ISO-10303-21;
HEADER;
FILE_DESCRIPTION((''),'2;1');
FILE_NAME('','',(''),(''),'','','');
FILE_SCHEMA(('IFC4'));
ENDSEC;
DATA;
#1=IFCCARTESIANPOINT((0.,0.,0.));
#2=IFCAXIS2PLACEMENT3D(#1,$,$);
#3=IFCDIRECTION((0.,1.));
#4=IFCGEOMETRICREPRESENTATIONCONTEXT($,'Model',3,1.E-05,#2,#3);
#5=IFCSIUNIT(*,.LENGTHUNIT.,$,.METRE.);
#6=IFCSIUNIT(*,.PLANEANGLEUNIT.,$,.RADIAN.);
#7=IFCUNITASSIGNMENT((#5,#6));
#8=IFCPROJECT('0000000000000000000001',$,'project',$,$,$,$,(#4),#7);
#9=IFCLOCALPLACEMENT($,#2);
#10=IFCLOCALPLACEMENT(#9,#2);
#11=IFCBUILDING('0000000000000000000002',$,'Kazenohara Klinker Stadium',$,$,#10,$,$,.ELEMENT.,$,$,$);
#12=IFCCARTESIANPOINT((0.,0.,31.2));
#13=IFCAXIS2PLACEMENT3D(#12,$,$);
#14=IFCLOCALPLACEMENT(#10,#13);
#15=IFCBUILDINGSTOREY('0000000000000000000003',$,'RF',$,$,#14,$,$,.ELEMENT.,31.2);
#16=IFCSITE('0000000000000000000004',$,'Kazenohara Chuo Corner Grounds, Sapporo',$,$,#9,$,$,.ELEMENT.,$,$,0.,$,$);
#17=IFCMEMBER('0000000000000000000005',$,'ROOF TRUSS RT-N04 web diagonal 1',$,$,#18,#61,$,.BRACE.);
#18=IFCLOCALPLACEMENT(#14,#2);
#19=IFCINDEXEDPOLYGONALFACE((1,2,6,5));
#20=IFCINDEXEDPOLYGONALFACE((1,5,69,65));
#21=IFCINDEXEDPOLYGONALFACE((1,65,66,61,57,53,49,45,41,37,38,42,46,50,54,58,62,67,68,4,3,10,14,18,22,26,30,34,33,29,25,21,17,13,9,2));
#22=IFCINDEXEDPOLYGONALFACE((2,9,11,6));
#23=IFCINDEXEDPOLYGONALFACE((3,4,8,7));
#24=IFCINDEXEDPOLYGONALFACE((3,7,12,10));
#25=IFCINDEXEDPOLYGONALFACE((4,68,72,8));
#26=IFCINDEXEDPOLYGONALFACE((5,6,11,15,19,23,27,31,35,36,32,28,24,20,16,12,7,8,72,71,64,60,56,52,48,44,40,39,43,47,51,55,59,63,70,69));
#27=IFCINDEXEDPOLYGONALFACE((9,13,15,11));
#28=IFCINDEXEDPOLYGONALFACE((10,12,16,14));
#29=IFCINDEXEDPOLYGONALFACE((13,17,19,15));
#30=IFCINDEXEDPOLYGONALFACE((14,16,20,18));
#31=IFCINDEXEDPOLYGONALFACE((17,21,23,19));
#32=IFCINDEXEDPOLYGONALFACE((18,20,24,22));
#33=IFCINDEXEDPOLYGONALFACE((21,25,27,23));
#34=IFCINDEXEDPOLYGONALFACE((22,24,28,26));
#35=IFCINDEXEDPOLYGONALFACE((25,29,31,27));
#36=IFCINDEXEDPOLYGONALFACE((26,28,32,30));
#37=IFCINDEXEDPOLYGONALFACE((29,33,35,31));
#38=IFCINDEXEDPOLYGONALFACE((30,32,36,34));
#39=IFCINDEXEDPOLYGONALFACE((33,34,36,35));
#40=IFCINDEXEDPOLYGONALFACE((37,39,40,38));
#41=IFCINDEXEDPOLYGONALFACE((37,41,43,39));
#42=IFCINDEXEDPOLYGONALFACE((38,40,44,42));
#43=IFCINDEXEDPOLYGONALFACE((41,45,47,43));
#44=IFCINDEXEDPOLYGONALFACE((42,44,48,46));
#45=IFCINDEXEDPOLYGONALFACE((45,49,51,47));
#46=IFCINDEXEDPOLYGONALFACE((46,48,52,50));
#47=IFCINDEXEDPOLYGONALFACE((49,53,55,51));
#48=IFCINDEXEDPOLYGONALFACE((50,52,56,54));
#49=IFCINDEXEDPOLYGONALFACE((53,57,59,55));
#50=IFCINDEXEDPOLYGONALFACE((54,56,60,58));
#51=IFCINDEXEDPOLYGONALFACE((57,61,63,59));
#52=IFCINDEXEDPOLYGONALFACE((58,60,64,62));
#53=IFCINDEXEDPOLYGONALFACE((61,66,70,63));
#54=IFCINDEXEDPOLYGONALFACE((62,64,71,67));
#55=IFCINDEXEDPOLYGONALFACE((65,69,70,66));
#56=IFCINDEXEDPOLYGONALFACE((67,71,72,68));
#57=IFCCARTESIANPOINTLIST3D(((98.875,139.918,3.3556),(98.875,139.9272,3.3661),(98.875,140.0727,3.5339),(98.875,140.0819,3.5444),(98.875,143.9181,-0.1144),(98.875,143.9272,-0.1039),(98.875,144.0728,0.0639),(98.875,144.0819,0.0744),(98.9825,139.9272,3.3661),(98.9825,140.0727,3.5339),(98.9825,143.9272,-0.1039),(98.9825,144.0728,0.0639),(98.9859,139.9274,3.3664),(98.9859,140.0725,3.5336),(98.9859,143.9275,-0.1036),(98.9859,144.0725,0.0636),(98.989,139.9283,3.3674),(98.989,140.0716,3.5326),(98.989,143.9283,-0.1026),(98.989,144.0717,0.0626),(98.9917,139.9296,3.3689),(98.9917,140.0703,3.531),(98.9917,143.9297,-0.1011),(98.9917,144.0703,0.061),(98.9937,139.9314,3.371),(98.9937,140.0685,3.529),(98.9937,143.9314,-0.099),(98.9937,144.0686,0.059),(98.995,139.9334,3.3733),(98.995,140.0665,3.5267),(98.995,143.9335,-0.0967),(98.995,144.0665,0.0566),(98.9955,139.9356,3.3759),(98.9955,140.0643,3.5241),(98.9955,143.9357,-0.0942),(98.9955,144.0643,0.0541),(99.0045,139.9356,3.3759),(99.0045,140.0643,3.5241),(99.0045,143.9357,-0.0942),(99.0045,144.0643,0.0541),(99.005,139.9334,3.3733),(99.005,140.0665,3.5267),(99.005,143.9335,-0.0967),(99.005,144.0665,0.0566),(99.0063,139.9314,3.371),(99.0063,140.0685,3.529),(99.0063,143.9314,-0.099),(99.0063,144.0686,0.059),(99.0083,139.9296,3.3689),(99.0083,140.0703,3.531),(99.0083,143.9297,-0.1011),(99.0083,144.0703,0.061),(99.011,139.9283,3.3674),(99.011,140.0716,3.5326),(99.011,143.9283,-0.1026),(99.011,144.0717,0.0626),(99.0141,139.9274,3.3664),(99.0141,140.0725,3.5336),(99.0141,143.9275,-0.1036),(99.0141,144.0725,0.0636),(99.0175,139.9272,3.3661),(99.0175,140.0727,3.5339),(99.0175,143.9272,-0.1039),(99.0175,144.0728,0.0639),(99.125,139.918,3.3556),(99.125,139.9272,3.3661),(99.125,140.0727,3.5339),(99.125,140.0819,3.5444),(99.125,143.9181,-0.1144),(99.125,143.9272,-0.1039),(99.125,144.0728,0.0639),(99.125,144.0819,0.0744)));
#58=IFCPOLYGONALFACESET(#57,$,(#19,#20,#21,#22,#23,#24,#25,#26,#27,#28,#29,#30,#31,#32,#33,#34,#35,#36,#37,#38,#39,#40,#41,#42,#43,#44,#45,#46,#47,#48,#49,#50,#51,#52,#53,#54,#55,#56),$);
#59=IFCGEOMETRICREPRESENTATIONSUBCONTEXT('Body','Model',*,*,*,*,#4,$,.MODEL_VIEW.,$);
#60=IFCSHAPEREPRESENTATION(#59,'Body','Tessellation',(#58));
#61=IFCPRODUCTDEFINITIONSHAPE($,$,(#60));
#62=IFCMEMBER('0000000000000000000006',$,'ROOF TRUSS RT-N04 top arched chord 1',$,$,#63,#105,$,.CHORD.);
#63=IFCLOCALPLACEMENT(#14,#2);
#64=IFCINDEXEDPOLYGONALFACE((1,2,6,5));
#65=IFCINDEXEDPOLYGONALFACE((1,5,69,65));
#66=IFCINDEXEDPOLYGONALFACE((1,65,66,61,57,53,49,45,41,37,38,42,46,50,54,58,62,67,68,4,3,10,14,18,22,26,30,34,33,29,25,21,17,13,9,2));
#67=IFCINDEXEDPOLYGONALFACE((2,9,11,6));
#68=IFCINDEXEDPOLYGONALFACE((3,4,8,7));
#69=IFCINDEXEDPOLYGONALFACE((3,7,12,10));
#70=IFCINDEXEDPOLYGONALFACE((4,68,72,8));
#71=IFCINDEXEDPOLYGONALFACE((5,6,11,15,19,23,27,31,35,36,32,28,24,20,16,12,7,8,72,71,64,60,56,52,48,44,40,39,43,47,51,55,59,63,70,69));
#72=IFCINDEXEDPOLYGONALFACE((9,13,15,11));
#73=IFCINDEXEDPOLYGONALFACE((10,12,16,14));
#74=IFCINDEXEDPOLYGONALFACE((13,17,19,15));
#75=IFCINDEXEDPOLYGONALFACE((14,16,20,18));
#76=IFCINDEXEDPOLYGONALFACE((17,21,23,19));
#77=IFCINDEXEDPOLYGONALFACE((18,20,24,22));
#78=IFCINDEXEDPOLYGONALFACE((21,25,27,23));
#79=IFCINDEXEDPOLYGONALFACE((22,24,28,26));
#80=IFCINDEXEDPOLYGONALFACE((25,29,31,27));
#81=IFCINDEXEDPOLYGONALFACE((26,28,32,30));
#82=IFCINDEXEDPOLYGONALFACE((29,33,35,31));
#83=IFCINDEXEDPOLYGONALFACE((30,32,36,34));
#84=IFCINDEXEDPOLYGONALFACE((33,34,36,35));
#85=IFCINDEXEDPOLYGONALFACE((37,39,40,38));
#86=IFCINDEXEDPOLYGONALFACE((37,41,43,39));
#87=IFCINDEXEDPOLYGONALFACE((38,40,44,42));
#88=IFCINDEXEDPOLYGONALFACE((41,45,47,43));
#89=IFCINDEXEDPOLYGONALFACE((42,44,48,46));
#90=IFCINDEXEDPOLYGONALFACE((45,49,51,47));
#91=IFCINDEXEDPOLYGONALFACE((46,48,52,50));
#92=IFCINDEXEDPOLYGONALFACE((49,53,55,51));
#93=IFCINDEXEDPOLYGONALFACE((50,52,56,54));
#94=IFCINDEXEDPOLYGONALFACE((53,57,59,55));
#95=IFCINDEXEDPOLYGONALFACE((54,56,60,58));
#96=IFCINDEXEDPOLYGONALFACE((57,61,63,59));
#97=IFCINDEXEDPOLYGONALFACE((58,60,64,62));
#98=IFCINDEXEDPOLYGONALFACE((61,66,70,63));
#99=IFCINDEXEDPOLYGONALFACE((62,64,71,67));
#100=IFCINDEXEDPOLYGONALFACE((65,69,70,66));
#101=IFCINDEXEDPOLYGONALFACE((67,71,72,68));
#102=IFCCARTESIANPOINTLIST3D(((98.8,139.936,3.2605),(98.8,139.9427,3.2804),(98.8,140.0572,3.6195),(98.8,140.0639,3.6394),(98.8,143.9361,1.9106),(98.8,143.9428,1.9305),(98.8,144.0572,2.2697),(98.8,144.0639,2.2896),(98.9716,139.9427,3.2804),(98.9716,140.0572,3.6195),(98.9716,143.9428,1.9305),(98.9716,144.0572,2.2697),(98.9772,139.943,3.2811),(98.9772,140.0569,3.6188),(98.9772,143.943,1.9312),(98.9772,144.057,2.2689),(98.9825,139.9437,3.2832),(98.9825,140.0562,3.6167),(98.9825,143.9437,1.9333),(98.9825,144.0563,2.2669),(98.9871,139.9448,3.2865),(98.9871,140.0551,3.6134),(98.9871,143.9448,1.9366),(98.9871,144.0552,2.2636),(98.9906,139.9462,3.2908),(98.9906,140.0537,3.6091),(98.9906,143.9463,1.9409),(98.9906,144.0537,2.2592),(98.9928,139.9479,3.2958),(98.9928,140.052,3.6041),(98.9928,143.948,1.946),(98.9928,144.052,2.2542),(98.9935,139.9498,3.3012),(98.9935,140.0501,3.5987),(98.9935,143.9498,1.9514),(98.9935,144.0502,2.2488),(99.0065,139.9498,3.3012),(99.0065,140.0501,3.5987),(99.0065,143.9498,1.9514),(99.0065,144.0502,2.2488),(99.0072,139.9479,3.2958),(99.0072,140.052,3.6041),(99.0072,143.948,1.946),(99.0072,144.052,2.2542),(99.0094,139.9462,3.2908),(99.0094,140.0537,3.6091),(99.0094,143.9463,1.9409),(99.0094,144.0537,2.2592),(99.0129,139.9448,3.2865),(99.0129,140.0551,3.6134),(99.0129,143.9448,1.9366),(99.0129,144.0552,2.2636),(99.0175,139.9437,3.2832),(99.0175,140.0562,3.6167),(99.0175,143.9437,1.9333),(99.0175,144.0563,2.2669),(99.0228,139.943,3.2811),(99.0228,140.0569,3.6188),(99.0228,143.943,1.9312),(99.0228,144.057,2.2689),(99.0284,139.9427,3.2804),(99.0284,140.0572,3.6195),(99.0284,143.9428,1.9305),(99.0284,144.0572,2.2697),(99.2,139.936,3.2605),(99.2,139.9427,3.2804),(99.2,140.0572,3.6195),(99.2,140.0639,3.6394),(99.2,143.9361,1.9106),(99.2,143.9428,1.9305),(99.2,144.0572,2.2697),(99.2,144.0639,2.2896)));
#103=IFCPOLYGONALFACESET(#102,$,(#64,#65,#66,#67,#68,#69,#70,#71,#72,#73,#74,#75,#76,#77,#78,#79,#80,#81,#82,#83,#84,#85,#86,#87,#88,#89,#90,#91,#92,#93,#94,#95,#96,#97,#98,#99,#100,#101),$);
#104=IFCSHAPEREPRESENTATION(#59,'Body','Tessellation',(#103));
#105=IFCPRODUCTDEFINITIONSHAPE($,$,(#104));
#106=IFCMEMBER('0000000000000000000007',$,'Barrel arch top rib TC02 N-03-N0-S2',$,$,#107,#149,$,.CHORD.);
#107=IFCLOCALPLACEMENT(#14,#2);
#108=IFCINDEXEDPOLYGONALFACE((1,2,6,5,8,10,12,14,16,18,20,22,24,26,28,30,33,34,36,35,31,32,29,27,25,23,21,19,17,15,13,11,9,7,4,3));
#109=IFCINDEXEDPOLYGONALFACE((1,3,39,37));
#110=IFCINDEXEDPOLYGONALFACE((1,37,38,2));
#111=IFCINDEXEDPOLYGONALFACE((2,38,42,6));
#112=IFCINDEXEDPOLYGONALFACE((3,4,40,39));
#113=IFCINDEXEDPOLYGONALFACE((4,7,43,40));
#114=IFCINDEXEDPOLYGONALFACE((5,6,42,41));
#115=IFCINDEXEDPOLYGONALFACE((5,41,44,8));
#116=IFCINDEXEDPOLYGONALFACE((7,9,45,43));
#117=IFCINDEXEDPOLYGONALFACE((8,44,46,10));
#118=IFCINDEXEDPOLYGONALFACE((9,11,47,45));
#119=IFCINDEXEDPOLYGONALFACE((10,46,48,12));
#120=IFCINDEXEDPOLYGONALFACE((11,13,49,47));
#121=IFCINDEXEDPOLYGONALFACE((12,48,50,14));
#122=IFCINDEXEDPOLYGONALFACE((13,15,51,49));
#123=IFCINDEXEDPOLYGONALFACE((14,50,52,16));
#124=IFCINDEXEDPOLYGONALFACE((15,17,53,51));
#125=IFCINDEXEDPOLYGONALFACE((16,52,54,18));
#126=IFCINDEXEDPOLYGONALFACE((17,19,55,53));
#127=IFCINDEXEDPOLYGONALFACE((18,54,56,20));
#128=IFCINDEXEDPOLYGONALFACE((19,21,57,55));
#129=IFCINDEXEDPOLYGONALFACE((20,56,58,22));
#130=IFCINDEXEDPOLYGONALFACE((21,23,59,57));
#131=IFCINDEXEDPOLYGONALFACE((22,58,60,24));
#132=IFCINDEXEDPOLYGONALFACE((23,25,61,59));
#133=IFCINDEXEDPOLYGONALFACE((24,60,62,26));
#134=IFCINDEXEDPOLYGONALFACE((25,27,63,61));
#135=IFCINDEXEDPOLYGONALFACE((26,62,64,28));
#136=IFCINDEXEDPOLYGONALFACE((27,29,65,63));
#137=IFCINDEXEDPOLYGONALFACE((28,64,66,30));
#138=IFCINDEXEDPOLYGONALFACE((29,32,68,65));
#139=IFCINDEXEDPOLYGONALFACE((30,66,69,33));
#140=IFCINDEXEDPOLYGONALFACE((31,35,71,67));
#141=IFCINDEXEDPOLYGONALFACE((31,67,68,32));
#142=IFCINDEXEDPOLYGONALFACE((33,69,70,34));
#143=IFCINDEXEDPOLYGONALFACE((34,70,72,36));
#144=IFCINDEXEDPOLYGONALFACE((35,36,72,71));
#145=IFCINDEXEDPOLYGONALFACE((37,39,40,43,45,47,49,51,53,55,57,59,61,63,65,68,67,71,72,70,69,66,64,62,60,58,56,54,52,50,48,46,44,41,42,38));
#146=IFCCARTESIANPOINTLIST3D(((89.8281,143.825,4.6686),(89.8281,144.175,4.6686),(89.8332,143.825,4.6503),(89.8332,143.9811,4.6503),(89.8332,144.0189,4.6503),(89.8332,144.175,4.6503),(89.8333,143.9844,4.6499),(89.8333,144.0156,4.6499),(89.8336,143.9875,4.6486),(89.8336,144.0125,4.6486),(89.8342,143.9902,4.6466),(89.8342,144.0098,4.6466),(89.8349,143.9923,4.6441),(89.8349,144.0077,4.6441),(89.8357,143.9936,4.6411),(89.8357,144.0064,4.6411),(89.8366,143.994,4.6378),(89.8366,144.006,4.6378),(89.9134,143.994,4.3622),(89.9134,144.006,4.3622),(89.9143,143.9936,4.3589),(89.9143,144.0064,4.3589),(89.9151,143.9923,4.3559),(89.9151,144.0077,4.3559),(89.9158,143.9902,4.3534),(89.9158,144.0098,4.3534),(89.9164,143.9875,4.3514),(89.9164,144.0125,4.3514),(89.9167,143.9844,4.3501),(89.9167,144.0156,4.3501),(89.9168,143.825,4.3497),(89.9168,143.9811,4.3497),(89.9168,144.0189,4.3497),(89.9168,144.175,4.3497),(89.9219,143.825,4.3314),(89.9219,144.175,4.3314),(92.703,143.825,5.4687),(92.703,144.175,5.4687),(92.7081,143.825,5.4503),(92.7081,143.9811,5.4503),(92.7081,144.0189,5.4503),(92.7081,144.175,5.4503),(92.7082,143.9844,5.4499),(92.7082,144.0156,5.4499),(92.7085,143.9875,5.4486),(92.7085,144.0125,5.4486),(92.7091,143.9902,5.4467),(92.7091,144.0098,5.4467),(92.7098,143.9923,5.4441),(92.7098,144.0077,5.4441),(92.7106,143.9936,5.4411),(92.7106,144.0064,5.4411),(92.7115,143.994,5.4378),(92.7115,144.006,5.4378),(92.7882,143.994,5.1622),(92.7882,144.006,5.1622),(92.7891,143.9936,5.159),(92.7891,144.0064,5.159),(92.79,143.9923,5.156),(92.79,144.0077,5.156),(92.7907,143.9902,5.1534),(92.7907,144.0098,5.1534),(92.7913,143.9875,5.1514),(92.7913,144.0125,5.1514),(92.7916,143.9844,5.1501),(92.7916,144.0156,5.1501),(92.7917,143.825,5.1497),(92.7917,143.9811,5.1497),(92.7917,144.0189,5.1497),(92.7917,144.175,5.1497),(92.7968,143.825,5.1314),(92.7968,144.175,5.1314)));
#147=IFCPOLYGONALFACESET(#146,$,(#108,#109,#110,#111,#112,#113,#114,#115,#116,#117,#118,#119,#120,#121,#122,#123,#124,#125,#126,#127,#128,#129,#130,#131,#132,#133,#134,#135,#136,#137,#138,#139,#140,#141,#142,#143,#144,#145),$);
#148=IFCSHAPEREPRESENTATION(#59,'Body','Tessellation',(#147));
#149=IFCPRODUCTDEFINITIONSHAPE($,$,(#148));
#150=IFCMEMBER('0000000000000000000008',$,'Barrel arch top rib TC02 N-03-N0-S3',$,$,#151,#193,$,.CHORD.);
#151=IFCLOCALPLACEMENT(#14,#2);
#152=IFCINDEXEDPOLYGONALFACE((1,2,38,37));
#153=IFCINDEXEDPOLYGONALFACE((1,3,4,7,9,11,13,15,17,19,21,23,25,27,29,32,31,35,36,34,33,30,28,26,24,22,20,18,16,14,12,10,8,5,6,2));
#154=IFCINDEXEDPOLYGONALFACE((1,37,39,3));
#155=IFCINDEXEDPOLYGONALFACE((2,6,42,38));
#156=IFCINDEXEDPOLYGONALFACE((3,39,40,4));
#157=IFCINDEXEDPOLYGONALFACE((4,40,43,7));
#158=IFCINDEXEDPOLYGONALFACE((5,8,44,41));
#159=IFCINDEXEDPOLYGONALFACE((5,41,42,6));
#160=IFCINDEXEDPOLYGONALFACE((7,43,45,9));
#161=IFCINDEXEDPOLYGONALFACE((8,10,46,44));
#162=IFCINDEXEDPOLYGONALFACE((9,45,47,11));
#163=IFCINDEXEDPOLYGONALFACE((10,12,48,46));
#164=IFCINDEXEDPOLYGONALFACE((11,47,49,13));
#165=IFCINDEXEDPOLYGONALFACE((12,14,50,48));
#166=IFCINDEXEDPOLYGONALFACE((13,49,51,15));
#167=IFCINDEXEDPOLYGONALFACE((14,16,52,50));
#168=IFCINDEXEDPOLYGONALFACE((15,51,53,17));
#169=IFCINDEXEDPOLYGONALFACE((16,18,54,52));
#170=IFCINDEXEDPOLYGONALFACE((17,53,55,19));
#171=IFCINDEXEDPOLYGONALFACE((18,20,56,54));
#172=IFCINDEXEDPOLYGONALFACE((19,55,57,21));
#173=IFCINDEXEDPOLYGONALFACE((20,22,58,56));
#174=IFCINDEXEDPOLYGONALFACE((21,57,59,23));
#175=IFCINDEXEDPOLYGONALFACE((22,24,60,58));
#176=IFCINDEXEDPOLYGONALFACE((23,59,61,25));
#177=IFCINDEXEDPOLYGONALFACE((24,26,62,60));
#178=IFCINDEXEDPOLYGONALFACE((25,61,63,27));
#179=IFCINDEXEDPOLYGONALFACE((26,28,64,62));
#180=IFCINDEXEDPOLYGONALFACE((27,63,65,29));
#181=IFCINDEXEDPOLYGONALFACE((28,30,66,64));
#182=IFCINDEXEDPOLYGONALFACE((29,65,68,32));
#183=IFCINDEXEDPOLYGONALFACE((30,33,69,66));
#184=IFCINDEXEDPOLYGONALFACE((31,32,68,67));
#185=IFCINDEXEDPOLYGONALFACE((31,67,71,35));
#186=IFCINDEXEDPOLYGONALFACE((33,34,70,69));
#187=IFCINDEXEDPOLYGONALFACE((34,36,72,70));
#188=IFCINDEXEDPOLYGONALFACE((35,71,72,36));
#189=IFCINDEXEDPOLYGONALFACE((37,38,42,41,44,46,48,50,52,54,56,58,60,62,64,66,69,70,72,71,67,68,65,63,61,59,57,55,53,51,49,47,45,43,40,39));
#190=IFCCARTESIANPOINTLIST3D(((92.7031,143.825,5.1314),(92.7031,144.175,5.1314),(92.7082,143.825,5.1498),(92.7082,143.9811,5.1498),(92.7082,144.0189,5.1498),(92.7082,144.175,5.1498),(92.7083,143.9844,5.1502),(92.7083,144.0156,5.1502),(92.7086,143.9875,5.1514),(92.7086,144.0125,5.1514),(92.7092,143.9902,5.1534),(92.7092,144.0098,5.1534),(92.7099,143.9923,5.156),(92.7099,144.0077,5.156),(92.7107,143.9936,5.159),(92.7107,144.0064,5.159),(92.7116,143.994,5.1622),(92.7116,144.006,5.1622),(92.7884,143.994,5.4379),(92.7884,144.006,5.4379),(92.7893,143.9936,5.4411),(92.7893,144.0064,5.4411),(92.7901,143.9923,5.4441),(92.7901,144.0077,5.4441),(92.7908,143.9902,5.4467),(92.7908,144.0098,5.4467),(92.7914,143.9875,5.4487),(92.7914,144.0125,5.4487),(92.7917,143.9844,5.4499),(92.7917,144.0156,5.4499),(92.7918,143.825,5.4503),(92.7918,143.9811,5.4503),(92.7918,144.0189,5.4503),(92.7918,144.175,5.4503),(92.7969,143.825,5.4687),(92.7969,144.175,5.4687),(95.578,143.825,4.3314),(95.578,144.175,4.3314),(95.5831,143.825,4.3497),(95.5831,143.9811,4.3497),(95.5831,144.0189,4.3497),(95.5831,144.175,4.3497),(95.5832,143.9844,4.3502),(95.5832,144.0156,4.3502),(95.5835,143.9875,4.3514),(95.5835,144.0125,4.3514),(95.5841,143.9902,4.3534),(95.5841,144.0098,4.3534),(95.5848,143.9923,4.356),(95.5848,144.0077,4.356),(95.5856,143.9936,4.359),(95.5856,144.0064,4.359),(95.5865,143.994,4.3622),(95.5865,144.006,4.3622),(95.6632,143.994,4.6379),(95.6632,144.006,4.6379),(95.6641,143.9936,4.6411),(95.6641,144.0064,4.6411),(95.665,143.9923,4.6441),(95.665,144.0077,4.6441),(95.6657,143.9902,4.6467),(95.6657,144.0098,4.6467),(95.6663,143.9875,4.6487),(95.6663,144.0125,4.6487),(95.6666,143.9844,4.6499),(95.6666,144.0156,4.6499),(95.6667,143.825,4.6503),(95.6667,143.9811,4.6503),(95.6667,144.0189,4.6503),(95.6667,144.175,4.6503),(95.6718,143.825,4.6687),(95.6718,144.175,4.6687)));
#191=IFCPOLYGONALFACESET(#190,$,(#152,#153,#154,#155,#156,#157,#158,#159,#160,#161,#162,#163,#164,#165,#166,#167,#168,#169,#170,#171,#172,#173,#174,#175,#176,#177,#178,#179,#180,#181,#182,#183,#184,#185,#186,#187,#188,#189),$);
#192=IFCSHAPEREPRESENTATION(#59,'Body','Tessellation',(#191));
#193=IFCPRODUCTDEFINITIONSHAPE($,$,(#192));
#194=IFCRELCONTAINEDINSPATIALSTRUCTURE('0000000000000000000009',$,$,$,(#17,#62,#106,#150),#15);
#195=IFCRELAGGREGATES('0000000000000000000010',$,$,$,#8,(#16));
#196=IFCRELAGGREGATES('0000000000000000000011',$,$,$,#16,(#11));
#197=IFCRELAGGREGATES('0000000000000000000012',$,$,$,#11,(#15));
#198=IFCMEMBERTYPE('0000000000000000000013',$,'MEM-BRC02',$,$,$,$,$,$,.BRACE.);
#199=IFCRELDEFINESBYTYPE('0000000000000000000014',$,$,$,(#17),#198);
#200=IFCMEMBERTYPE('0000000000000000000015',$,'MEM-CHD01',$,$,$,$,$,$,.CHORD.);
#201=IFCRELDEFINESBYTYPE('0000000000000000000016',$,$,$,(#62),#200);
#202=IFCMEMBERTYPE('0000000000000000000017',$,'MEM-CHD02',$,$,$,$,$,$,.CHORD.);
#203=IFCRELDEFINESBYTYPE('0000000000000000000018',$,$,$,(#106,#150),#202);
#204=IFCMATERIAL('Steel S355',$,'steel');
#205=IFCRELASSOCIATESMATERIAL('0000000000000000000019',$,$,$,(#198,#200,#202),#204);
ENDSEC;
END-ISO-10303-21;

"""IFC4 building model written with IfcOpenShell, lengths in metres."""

from ifc_helpers import new_model, si_unit, direction, frame, origin, origin_2d, place, context, subcontext, project, spatial, i_section, extrude, material, material_profile, profile_set, type_object, element, save


model = new_model("IFC4")

# Units and contexts
model_context = context("Model", 3, precision=1e-05, world=origin(), true_north=direction((0.0, 1.0)))
body_context = subcontext(model_context, "Body", "Model", "MODEL_VIEW")
ifc_project = project(units=[si_unit("LENGTHUNIT", "METRE"), si_unit("PLANEANGLEUNIT", "RADIAN")], contexts=[model_context])

# Site, building, storey
site_placement = place(None, origin())
site = spatial("IfcSite", under=ifc_project, at=site_placement, Name="Kazenohara Chuo Corner Grounds, Sapporo", CompositionType="ELEMENT", RefElevation=0.0)
building_placement = place(site_placement, origin())
building = spatial("IfcBuilding", under=site, at=building_placement, Name="Kazenohara Klinker Stadium", CompositionType="ELEMENT")
storey_placement = place(building_placement, frame((0.0, 0.0, 31.2)))
storey = spatial("IfcBuildingStorey", under=building, at=storey_placement, Name="RF", CompositionType="ELEMENT", Elevation=31.2)

# Members
ifc_material_1 = material(Name="Steel S355", Category="steel")
ifc_material_profile_1 = material_profile(ifc_material_1, i_section(OverallWidth=0.25, OverallDepth=0.25, WebThickness=0.009, FlangeThickness=0.0139, FilletRadius=0.0129, at=origin_2d()), Name="H-250x250x9x14")
ifc_profile_set_1 = profile_set([ifc_material_profile_1], Name="Steel S355")
member_type_1 = type_object("IfcMemberType", Name="MEM-BRC02", PredefinedType="BRACE", material=ifc_profile_set_1)
member_1_placement = place(storey_placement, frame((99.0, 144.0, -0.02), z_axis=(0.0, -0.75538, 0.655287), x_axis=(1.0, 0.0, 0.0)))
element("IfcMember", 1, at=member_1_placement, inside=storey, type_object=member_type_1, Name="ROOF TRUSS RT-N04 web diagonal 1", PredefinedType="BRACE", context=body_context, shape_type="SweptSolid", body=[
    extrude(i_section(OverallWidth=0.25, OverallDepth=0.25, WebThickness=0.009, FlangeThickness=0.0139, FilletRadius=0.0129, at=origin_2d()), origin(), (0.0, 0.0, 1.0), 5.2954),
])
ifc_material_profile_2 = material_profile(ifc_material_1, i_section(OverallWidth=0.3999, OverallDepth=0.3999, WebThickness=0.0129, FlangeThickness=0.021, FilletRadius=0.022, at=origin_2d()), Name="H-400x400x13x21")
ifc_profile_set_2 = profile_set([ifc_material_profile_2], Name="Steel S355")
member_type_2 = type_object("IfcMemberType", Name="MEM-CHD01", PredefinedType="CHORD", material=ifc_profile_set_2)
member_2_placement = place(storey_placement, frame((99.0, 144.0, 2.1001), z_axis=(0.0, -0.947503, 0.319747), x_axis=(1.0, 0.0, 0.0)))
element("IfcMember", 2, at=member_2_placement, inside=storey, type_object=member_type_2, Name="ROOF TRUSS RT-N04 top arched chord 1", PredefinedType="CHORD", context=body_context, shape_type="SweptSolid", body=[
    extrude(i_section(OverallWidth=0.3999, OverallDepth=0.3999, WebThickness=0.0129, FlangeThickness=0.021, FilletRadius=0.022, at=origin_2d()), origin(), (0.0, 0.0, 1.0), 4.2217),
])
ifc_material_profile_3 = material_profile(ifc_material_1, i_section(OverallWidth=0.3501, OverallDepth=0.3501, WebThickness=0.012, FlangeThickness=0.019, FilletRadius=0.0129, at=origin_2d()), Name="H-350x350x12x19")
ifc_profile_set_3 = profile_set([ifc_material_profile_3], Name="Steel S355")
member_type_3 = type_object("IfcMemberType", Name="MEM-CHD02", PredefinedType="CHORD", material=ifc_profile_set_3)
for number, where, z_axis, x_axis, name in (
    (3, (89.875, 144.0, 4.5), (0.963394, 0.0, 0.268091), (0.0, 1.0, 0.0), "Barrel arch top rib TC02 N-03-N0-S2"),
    (4, (92.75, 144.0, 5.3), (0.963394, 0.0, -0.268091), (0.0, 1.0, 0.0), "Barrel arch top rib TC02 N-03-N0-S3"),
):
    element("IfcMember", number, at=place(storey_placement, frame(where, z_axis=z_axis, x_axis=x_axis)), inside=storey, type_object=member_type_3, Name=name, PredefinedType="CHORD", context=body_context, shape_type="SweptSolid", body=[
        extrude(i_section(OverallWidth=0.3501, OverallDepth=0.3501, WebThickness=0.012, FlangeThickness=0.019, FilletRadius=0.0129, at=origin_2d()), origin(), (0.0, 0.0, 1.0), 2.9841),
    ])

save(model, "model.ifc")
